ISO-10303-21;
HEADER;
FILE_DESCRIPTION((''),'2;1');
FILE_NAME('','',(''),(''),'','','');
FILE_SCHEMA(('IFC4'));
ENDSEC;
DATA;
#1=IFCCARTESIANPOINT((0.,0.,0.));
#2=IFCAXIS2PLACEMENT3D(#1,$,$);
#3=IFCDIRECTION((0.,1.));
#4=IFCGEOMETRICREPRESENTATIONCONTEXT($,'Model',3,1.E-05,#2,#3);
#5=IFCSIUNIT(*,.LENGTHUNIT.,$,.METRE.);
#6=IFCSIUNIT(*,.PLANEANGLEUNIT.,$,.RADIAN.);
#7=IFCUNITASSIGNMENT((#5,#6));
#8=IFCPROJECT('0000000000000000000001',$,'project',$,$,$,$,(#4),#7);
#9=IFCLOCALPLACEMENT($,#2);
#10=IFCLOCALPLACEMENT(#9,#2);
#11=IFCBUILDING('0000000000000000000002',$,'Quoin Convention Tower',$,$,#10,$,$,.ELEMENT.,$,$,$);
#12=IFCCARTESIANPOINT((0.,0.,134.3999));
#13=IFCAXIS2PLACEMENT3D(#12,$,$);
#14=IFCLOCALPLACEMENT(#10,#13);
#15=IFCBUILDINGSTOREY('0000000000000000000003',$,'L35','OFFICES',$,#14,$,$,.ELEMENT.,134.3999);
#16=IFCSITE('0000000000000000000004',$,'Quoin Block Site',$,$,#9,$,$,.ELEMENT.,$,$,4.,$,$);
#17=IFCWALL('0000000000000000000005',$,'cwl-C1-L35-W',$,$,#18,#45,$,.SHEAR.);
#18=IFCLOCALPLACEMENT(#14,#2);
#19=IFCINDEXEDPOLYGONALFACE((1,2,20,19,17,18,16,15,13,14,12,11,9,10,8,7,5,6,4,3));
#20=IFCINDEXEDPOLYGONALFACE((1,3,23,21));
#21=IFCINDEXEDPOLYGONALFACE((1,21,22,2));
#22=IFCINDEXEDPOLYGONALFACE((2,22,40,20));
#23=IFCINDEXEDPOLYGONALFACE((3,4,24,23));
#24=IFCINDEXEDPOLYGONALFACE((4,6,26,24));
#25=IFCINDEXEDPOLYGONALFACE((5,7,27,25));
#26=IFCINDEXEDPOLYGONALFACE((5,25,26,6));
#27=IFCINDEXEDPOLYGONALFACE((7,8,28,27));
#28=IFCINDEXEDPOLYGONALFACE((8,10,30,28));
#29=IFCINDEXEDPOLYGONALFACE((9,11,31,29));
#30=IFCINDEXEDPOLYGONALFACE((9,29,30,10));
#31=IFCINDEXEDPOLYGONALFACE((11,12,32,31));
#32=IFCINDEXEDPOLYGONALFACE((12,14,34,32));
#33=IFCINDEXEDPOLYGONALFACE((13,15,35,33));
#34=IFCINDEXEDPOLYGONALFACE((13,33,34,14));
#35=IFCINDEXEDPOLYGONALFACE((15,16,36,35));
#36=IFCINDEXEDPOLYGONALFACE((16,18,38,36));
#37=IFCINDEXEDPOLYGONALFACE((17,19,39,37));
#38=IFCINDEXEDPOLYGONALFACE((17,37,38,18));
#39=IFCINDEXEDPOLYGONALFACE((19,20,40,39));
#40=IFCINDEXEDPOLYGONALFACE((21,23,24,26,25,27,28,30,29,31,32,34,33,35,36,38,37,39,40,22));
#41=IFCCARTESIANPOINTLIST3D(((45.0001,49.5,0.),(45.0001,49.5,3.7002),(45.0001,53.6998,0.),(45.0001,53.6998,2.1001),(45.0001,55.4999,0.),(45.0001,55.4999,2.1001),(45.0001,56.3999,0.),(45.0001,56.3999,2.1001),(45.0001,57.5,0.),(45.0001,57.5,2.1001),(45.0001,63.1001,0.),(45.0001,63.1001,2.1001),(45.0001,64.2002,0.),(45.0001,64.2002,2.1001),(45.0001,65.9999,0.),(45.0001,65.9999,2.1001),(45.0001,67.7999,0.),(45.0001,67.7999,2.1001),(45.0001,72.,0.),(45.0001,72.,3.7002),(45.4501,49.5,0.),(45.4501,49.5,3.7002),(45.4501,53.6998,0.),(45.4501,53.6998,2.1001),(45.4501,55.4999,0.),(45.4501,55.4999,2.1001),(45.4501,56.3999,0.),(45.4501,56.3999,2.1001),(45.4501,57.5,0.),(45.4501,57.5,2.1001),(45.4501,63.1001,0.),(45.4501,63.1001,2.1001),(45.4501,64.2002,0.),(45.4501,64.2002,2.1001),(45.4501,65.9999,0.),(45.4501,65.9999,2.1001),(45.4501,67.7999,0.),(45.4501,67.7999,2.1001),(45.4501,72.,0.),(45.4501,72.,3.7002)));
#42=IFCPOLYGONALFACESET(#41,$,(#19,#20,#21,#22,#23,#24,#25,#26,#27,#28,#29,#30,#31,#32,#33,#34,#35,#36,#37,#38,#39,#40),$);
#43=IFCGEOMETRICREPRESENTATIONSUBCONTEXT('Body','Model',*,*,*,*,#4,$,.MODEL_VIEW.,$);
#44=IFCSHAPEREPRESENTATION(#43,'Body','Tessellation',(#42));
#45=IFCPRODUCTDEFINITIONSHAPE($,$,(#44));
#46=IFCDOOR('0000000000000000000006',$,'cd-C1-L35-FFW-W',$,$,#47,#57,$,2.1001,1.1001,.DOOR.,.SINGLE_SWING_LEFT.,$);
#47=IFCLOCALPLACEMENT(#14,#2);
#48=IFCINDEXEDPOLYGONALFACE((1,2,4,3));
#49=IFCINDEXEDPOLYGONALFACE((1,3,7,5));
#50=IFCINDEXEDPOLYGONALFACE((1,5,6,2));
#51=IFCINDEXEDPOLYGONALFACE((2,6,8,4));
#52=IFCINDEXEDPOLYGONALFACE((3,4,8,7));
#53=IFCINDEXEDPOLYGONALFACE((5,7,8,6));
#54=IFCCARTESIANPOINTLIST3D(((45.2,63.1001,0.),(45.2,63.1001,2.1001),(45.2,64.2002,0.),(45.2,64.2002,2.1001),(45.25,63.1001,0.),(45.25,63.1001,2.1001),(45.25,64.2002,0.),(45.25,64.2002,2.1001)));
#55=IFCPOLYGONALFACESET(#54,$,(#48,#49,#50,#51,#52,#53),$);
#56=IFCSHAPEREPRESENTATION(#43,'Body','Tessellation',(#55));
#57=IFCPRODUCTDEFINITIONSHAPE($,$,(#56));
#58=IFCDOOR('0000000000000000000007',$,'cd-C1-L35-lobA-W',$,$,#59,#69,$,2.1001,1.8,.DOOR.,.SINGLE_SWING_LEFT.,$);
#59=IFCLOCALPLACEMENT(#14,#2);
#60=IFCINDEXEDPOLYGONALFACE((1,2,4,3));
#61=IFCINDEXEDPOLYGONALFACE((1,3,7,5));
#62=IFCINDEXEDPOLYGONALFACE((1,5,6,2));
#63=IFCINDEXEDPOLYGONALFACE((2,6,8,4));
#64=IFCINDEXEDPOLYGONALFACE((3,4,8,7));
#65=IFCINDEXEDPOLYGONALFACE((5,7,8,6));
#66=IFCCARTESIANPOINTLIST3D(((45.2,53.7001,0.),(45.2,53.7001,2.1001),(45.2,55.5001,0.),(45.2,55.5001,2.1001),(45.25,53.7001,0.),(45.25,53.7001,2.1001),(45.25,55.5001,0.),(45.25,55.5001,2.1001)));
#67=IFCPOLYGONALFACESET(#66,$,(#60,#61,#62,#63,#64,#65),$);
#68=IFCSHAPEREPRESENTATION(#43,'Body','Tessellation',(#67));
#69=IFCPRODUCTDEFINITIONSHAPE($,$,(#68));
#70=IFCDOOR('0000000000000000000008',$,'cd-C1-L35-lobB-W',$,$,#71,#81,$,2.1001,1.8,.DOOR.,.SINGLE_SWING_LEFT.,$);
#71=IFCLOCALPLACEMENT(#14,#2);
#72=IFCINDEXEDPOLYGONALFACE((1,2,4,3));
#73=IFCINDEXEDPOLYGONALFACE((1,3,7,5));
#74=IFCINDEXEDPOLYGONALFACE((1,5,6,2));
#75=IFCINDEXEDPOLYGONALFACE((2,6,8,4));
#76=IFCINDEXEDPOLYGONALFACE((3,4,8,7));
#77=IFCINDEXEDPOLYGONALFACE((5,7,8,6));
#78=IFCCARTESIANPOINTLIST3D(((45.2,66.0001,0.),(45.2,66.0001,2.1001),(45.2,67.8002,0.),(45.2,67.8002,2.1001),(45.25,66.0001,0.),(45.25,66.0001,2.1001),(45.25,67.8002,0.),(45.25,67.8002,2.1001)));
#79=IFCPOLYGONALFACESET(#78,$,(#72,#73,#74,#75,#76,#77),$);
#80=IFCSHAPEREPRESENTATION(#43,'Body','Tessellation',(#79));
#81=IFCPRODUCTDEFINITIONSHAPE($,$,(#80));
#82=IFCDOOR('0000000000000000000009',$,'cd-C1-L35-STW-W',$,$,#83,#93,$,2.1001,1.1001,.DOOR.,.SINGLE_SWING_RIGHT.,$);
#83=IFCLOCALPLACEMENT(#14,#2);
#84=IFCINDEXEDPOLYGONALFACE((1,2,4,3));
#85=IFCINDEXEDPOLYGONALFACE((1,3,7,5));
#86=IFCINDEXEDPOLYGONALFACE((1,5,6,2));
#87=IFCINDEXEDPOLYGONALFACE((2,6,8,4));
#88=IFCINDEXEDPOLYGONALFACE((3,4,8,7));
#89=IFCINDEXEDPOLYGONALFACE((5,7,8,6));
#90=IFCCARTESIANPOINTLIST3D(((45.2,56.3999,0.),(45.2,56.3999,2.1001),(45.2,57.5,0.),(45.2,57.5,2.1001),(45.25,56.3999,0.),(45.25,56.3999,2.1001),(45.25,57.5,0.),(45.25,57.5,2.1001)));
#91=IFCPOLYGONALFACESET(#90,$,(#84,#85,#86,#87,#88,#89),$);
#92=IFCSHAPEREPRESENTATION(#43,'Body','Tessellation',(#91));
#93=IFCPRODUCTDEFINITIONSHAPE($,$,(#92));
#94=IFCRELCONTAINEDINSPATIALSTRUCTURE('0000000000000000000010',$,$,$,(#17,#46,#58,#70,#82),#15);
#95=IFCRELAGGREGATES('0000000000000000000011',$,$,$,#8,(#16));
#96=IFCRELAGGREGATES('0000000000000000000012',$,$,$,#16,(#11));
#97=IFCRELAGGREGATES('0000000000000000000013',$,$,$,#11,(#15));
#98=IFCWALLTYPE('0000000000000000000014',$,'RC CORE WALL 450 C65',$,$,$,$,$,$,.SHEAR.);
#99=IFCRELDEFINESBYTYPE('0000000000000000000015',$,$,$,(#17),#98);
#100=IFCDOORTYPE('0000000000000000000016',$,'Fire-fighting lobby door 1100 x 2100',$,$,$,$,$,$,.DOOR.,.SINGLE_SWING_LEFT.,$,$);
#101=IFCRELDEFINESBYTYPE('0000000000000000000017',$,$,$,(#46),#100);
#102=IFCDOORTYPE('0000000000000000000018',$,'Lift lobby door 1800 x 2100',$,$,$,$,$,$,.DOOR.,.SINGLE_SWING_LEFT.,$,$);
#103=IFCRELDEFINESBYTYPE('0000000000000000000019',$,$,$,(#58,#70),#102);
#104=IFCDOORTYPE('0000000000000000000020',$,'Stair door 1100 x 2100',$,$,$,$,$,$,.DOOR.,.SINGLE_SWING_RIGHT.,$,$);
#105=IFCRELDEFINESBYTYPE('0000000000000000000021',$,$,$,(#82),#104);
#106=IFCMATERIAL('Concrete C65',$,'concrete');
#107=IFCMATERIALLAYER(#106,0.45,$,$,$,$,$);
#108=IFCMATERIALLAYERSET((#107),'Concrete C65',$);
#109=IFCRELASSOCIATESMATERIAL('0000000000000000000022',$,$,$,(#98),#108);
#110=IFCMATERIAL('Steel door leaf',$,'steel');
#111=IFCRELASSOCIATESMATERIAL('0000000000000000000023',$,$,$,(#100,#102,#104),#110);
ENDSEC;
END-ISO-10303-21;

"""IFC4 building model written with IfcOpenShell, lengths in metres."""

from ifc_helpers import new_model, si_unit, direction, frame, frame_2d, origin, place, context, subcontext, project, spatial, rectangle, extrude, material, layer, layer_set, type_object, element, fill, save


model = new_model("IFC4")

# Units and contexts
model_context = context("Model", 3, precision=1e-05, world=origin(), true_north=direction((0.0, 1.0)))
body_context = subcontext(model_context, "Body", "Model", "MODEL_VIEW")
ifc_project = project(units=[si_unit("LENGTHUNIT", "METRE"), si_unit("PLANEANGLEUNIT", "RADIAN")], contexts=[model_context])

# Site, building, storey
site_placement = place(None, origin())
site = spatial("IfcSite", under=ifc_project, at=site_placement, Name="Quoin Block Site", CompositionType="ELEMENT", RefElevation=4.0)
building_placement = place(site_placement, origin())
building = spatial("IfcBuilding", under=site, at=building_placement, Name="Quoin Convention Tower", CompositionType="ELEMENT")
storey_placement = place(building_placement, frame((0.0, 0.0, 134.3999)))
storey = spatial("IfcBuildingStorey", under=building, at=storey_placement, Name="L35", Description="OFFICES", CompositionType="ELEMENT", Elevation=134.3999)

# Shared definitions
ifc_material_1 = material(Name="Steel door leaf", Category="steel")

# Shared definitions
ifc_material_2 = material(Name="Concrete C65", Category="concrete")
ifc_layer_1 = layer(ifc_material_2, 0.45)
ifc_layer_set_1 = layer_set([ifc_layer_1], Name="Concrete C65")
wall_type_1 = type_object("IfcWallType", Name="RC CORE WALL 450 C65", PredefinedType="SHEAR", material=ifc_layer_set_1)

# Wall, openings, doors
wall_1_placement = place(storey_placement, frame((45.2251, 49.5, 0.0), z_axis=(0.0, 0.0, 1.0), x_axis=(0.0, 1.0, 0.0)))
wall_1 = element("IfcWall", 1, at=wall_1_placement, inside=storey, type_object=wall_type_1, Name="cwl-C1-L35-W", PredefinedType="SHEAR", context=body_context, shape_type="SweptSolid", body=[
    extrude(rectangle(XDim=22.5, YDim=0.45, at=frame_2d((11.25, 0.0))), origin(), (0.0, 0.0, 1.0), 3.7002),
])
opening_1_placement = place(wall_1_placement, frame((4.2, 0.0, 0.0)))
opening_1 = element("IfcOpeningElement", 2, at=opening_1_placement, cuts=wall_1, PredefinedType="OPENING", context=body_context, shape_type="SweptSolid", body=[
    extrude(rectangle(XDim=1.8, YDim=2.1001, at=frame_2d((0.8999, 1.05))), frame((0.0, 0.2349, 0.0), z_axis=(0.0, -1.0, 0.0), x_axis=(1.0, 0.0, 0.0)), (0.0, 0.0, 1.0), 0.47),
])
opening_2_placement = place(wall_1_placement, frame((6.8999, 0.0, 0.0)))
opening_2 = element("IfcOpeningElement", 3, at=opening_2_placement, cuts=wall_1, PredefinedType="OPENING", context=body_context, shape_type="SweptSolid", body=[
    extrude(rectangle(XDim=1.1001, YDim=2.1001, at=frame_2d((0.55, 1.05))), frame((0.0, 0.2349, 0.0), z_axis=(0.0, -1.0, 0.0), x_axis=(1.0, 0.0, 0.0)), (0.0, 0.0, 1.0), 0.47),
])
opening_3_placement = place(wall_1_placement, frame((13.6001, 0.0, 0.0)))
opening_3 = element("IfcOpeningElement", 4, at=opening_3_placement, cuts=wall_1, PredefinedType="OPENING", context=body_context, shape_type="SweptSolid", body=[
    extrude(rectangle(XDim=1.1001, YDim=2.1001, at=frame_2d((0.55, 1.05))), frame((0.0, 0.2349, 0.0), z_axis=(0.0, -1.0, 0.0), x_axis=(1.0, 0.0, 0.0)), (0.0, 0.0, 1.0), 0.47),
])
opening_4_placement = place(wall_1_placement, frame((16.5, 0.0, 0.0)))
opening_4 = element("IfcOpeningElement", 5, at=opening_4_placement, cuts=wall_1, PredefinedType="OPENING", context=body_context, shape_type="SweptSolid", body=[
    extrude(rectangle(XDim=1.8, YDim=2.1001, at=frame_2d((0.8999, 1.05))), frame((0.0, 0.2349, 0.0), z_axis=(0.0, -1.0, 0.0), x_axis=(1.0, 0.0, 0.0)), (0.0, 0.0, 1.0), 0.47),
])
door_type_1 = type_object("IfcDoorType", Name="Fire-fighting lobby door 1100 x 2100", OperationType="SINGLE_SWING_LEFT", PredefinedType="DOOR", material=ifc_material_1)
door_1_placement = place(opening_3_placement, frame((1.1001, 0.0, 0.0), z_axis=(0.0, 0.0, 1.0), x_axis=(-1.0, 0.0, 0.0)))
door_1 = element("IfcDoor", 6, at=door_1_placement, inside=storey, type_object=door_type_1, Name="cd-C1-L35-FFW-W", OperationType="SINGLE_SWING_LEFT", OverallHeight=2.1001, OverallWidth=1.1001, PredefinedType="DOOR", context=body_context, shape_type="SweptSolid", body=[
    extrude(rectangle(XDim=1.1001, YDim=2.1001, at=frame_2d((0.55, 1.05))), frame((0.0, 0.0249, 0.0), z_axis=(0.0, -1.0, 0.0), x_axis=(1.0, 0.0, 0.0)), (0.0, 0.0, 1.0), 0.05),
])
fill(opening_3, door_1)
door_type_2 = type_object("IfcDoorType", Name="Lift lobby door 1800 x 2100", OperationType="SINGLE_SWING_LEFT", PredefinedType="DOOR", material=ifc_material_1)
door_2_placement = place(opening_1_placement, frame((1.8, 0.0, 0.0), z_axis=(0.0, 0.0, 1.0), x_axis=(-1.0, 0.0, 0.0)))
door_2 = element("IfcDoor", 7, at=door_2_placement, inside=storey, type_object=door_type_2, Name="cd-C1-L35-lobA-W", OperationType="SINGLE_SWING_LEFT", OverallHeight=2.1001, OverallWidth=1.8, PredefinedType="DOOR", context=body_context, shape_type="SweptSolid", body=[
    extrude(rectangle(XDim=1.8, YDim=2.1001, at=frame_2d((0.8999, 1.05))), frame((0.0, 0.0249, 0.0), z_axis=(0.0, -1.0, 0.0), x_axis=(1.0, 0.0, 0.0)), (0.0, 0.0, 1.0), 0.05),
])
fill(opening_1, door_2)
door_3_placement = place(opening_4_placement, frame((1.8, 0.0, 0.0), z_axis=(0.0, 0.0, 1.0), x_axis=(-1.0, 0.0, 0.0)))
door_3 = element("IfcDoor", 8, at=door_3_placement, inside=storey, type_object=door_type_2, Name="cd-C1-L35-lobB-W", OperationType="SINGLE_SWING_LEFT", OverallHeight=2.1001, OverallWidth=1.8, PredefinedType="DOOR", context=body_context, shape_type="SweptSolid", body=[
    extrude(rectangle(XDim=1.8, YDim=2.1001, at=frame_2d((0.8999, 1.05))), frame((0.0, 0.0249, 0.0), z_axis=(0.0, -1.0, 0.0), x_axis=(1.0, 0.0, 0.0)), (0.0, 0.0, 1.0), 0.05),
])
fill(opening_4, door_3)
door_type_3 = type_object("IfcDoorType", Name="Stair door 1100 x 2100", OperationType="SINGLE_SWING_RIGHT", PredefinedType="DOOR", material=ifc_material_1)
door_4_placement = place(opening_2_placement, frame((1.1001, 0.0, 0.0), z_axis=(0.0, 0.0, 1.0), x_axis=(-1.0, 0.0, 0.0)))
door_4 = element("IfcDoor", 9, at=door_4_placement, inside=storey, type_object=door_type_3, Name="cd-C1-L35-STW-W", OperationType="SINGLE_SWING_RIGHT", OverallHeight=2.1001, OverallWidth=1.1001, PredefinedType="DOOR", context=body_context, shape_type="SweptSolid", body=[
    extrude(rectangle(XDim=1.1001, YDim=2.1001, at=frame_2d((0.55, 1.05))), frame((0.0, 0.0249, 0.0), z_axis=(0.0, -1.0, 0.0), x_axis=(1.0, 0.0, 0.0)), (0.0, 0.0, 1.0), 0.05),
])
fill(opening_2, door_4)

save(model, "model.ifc")
